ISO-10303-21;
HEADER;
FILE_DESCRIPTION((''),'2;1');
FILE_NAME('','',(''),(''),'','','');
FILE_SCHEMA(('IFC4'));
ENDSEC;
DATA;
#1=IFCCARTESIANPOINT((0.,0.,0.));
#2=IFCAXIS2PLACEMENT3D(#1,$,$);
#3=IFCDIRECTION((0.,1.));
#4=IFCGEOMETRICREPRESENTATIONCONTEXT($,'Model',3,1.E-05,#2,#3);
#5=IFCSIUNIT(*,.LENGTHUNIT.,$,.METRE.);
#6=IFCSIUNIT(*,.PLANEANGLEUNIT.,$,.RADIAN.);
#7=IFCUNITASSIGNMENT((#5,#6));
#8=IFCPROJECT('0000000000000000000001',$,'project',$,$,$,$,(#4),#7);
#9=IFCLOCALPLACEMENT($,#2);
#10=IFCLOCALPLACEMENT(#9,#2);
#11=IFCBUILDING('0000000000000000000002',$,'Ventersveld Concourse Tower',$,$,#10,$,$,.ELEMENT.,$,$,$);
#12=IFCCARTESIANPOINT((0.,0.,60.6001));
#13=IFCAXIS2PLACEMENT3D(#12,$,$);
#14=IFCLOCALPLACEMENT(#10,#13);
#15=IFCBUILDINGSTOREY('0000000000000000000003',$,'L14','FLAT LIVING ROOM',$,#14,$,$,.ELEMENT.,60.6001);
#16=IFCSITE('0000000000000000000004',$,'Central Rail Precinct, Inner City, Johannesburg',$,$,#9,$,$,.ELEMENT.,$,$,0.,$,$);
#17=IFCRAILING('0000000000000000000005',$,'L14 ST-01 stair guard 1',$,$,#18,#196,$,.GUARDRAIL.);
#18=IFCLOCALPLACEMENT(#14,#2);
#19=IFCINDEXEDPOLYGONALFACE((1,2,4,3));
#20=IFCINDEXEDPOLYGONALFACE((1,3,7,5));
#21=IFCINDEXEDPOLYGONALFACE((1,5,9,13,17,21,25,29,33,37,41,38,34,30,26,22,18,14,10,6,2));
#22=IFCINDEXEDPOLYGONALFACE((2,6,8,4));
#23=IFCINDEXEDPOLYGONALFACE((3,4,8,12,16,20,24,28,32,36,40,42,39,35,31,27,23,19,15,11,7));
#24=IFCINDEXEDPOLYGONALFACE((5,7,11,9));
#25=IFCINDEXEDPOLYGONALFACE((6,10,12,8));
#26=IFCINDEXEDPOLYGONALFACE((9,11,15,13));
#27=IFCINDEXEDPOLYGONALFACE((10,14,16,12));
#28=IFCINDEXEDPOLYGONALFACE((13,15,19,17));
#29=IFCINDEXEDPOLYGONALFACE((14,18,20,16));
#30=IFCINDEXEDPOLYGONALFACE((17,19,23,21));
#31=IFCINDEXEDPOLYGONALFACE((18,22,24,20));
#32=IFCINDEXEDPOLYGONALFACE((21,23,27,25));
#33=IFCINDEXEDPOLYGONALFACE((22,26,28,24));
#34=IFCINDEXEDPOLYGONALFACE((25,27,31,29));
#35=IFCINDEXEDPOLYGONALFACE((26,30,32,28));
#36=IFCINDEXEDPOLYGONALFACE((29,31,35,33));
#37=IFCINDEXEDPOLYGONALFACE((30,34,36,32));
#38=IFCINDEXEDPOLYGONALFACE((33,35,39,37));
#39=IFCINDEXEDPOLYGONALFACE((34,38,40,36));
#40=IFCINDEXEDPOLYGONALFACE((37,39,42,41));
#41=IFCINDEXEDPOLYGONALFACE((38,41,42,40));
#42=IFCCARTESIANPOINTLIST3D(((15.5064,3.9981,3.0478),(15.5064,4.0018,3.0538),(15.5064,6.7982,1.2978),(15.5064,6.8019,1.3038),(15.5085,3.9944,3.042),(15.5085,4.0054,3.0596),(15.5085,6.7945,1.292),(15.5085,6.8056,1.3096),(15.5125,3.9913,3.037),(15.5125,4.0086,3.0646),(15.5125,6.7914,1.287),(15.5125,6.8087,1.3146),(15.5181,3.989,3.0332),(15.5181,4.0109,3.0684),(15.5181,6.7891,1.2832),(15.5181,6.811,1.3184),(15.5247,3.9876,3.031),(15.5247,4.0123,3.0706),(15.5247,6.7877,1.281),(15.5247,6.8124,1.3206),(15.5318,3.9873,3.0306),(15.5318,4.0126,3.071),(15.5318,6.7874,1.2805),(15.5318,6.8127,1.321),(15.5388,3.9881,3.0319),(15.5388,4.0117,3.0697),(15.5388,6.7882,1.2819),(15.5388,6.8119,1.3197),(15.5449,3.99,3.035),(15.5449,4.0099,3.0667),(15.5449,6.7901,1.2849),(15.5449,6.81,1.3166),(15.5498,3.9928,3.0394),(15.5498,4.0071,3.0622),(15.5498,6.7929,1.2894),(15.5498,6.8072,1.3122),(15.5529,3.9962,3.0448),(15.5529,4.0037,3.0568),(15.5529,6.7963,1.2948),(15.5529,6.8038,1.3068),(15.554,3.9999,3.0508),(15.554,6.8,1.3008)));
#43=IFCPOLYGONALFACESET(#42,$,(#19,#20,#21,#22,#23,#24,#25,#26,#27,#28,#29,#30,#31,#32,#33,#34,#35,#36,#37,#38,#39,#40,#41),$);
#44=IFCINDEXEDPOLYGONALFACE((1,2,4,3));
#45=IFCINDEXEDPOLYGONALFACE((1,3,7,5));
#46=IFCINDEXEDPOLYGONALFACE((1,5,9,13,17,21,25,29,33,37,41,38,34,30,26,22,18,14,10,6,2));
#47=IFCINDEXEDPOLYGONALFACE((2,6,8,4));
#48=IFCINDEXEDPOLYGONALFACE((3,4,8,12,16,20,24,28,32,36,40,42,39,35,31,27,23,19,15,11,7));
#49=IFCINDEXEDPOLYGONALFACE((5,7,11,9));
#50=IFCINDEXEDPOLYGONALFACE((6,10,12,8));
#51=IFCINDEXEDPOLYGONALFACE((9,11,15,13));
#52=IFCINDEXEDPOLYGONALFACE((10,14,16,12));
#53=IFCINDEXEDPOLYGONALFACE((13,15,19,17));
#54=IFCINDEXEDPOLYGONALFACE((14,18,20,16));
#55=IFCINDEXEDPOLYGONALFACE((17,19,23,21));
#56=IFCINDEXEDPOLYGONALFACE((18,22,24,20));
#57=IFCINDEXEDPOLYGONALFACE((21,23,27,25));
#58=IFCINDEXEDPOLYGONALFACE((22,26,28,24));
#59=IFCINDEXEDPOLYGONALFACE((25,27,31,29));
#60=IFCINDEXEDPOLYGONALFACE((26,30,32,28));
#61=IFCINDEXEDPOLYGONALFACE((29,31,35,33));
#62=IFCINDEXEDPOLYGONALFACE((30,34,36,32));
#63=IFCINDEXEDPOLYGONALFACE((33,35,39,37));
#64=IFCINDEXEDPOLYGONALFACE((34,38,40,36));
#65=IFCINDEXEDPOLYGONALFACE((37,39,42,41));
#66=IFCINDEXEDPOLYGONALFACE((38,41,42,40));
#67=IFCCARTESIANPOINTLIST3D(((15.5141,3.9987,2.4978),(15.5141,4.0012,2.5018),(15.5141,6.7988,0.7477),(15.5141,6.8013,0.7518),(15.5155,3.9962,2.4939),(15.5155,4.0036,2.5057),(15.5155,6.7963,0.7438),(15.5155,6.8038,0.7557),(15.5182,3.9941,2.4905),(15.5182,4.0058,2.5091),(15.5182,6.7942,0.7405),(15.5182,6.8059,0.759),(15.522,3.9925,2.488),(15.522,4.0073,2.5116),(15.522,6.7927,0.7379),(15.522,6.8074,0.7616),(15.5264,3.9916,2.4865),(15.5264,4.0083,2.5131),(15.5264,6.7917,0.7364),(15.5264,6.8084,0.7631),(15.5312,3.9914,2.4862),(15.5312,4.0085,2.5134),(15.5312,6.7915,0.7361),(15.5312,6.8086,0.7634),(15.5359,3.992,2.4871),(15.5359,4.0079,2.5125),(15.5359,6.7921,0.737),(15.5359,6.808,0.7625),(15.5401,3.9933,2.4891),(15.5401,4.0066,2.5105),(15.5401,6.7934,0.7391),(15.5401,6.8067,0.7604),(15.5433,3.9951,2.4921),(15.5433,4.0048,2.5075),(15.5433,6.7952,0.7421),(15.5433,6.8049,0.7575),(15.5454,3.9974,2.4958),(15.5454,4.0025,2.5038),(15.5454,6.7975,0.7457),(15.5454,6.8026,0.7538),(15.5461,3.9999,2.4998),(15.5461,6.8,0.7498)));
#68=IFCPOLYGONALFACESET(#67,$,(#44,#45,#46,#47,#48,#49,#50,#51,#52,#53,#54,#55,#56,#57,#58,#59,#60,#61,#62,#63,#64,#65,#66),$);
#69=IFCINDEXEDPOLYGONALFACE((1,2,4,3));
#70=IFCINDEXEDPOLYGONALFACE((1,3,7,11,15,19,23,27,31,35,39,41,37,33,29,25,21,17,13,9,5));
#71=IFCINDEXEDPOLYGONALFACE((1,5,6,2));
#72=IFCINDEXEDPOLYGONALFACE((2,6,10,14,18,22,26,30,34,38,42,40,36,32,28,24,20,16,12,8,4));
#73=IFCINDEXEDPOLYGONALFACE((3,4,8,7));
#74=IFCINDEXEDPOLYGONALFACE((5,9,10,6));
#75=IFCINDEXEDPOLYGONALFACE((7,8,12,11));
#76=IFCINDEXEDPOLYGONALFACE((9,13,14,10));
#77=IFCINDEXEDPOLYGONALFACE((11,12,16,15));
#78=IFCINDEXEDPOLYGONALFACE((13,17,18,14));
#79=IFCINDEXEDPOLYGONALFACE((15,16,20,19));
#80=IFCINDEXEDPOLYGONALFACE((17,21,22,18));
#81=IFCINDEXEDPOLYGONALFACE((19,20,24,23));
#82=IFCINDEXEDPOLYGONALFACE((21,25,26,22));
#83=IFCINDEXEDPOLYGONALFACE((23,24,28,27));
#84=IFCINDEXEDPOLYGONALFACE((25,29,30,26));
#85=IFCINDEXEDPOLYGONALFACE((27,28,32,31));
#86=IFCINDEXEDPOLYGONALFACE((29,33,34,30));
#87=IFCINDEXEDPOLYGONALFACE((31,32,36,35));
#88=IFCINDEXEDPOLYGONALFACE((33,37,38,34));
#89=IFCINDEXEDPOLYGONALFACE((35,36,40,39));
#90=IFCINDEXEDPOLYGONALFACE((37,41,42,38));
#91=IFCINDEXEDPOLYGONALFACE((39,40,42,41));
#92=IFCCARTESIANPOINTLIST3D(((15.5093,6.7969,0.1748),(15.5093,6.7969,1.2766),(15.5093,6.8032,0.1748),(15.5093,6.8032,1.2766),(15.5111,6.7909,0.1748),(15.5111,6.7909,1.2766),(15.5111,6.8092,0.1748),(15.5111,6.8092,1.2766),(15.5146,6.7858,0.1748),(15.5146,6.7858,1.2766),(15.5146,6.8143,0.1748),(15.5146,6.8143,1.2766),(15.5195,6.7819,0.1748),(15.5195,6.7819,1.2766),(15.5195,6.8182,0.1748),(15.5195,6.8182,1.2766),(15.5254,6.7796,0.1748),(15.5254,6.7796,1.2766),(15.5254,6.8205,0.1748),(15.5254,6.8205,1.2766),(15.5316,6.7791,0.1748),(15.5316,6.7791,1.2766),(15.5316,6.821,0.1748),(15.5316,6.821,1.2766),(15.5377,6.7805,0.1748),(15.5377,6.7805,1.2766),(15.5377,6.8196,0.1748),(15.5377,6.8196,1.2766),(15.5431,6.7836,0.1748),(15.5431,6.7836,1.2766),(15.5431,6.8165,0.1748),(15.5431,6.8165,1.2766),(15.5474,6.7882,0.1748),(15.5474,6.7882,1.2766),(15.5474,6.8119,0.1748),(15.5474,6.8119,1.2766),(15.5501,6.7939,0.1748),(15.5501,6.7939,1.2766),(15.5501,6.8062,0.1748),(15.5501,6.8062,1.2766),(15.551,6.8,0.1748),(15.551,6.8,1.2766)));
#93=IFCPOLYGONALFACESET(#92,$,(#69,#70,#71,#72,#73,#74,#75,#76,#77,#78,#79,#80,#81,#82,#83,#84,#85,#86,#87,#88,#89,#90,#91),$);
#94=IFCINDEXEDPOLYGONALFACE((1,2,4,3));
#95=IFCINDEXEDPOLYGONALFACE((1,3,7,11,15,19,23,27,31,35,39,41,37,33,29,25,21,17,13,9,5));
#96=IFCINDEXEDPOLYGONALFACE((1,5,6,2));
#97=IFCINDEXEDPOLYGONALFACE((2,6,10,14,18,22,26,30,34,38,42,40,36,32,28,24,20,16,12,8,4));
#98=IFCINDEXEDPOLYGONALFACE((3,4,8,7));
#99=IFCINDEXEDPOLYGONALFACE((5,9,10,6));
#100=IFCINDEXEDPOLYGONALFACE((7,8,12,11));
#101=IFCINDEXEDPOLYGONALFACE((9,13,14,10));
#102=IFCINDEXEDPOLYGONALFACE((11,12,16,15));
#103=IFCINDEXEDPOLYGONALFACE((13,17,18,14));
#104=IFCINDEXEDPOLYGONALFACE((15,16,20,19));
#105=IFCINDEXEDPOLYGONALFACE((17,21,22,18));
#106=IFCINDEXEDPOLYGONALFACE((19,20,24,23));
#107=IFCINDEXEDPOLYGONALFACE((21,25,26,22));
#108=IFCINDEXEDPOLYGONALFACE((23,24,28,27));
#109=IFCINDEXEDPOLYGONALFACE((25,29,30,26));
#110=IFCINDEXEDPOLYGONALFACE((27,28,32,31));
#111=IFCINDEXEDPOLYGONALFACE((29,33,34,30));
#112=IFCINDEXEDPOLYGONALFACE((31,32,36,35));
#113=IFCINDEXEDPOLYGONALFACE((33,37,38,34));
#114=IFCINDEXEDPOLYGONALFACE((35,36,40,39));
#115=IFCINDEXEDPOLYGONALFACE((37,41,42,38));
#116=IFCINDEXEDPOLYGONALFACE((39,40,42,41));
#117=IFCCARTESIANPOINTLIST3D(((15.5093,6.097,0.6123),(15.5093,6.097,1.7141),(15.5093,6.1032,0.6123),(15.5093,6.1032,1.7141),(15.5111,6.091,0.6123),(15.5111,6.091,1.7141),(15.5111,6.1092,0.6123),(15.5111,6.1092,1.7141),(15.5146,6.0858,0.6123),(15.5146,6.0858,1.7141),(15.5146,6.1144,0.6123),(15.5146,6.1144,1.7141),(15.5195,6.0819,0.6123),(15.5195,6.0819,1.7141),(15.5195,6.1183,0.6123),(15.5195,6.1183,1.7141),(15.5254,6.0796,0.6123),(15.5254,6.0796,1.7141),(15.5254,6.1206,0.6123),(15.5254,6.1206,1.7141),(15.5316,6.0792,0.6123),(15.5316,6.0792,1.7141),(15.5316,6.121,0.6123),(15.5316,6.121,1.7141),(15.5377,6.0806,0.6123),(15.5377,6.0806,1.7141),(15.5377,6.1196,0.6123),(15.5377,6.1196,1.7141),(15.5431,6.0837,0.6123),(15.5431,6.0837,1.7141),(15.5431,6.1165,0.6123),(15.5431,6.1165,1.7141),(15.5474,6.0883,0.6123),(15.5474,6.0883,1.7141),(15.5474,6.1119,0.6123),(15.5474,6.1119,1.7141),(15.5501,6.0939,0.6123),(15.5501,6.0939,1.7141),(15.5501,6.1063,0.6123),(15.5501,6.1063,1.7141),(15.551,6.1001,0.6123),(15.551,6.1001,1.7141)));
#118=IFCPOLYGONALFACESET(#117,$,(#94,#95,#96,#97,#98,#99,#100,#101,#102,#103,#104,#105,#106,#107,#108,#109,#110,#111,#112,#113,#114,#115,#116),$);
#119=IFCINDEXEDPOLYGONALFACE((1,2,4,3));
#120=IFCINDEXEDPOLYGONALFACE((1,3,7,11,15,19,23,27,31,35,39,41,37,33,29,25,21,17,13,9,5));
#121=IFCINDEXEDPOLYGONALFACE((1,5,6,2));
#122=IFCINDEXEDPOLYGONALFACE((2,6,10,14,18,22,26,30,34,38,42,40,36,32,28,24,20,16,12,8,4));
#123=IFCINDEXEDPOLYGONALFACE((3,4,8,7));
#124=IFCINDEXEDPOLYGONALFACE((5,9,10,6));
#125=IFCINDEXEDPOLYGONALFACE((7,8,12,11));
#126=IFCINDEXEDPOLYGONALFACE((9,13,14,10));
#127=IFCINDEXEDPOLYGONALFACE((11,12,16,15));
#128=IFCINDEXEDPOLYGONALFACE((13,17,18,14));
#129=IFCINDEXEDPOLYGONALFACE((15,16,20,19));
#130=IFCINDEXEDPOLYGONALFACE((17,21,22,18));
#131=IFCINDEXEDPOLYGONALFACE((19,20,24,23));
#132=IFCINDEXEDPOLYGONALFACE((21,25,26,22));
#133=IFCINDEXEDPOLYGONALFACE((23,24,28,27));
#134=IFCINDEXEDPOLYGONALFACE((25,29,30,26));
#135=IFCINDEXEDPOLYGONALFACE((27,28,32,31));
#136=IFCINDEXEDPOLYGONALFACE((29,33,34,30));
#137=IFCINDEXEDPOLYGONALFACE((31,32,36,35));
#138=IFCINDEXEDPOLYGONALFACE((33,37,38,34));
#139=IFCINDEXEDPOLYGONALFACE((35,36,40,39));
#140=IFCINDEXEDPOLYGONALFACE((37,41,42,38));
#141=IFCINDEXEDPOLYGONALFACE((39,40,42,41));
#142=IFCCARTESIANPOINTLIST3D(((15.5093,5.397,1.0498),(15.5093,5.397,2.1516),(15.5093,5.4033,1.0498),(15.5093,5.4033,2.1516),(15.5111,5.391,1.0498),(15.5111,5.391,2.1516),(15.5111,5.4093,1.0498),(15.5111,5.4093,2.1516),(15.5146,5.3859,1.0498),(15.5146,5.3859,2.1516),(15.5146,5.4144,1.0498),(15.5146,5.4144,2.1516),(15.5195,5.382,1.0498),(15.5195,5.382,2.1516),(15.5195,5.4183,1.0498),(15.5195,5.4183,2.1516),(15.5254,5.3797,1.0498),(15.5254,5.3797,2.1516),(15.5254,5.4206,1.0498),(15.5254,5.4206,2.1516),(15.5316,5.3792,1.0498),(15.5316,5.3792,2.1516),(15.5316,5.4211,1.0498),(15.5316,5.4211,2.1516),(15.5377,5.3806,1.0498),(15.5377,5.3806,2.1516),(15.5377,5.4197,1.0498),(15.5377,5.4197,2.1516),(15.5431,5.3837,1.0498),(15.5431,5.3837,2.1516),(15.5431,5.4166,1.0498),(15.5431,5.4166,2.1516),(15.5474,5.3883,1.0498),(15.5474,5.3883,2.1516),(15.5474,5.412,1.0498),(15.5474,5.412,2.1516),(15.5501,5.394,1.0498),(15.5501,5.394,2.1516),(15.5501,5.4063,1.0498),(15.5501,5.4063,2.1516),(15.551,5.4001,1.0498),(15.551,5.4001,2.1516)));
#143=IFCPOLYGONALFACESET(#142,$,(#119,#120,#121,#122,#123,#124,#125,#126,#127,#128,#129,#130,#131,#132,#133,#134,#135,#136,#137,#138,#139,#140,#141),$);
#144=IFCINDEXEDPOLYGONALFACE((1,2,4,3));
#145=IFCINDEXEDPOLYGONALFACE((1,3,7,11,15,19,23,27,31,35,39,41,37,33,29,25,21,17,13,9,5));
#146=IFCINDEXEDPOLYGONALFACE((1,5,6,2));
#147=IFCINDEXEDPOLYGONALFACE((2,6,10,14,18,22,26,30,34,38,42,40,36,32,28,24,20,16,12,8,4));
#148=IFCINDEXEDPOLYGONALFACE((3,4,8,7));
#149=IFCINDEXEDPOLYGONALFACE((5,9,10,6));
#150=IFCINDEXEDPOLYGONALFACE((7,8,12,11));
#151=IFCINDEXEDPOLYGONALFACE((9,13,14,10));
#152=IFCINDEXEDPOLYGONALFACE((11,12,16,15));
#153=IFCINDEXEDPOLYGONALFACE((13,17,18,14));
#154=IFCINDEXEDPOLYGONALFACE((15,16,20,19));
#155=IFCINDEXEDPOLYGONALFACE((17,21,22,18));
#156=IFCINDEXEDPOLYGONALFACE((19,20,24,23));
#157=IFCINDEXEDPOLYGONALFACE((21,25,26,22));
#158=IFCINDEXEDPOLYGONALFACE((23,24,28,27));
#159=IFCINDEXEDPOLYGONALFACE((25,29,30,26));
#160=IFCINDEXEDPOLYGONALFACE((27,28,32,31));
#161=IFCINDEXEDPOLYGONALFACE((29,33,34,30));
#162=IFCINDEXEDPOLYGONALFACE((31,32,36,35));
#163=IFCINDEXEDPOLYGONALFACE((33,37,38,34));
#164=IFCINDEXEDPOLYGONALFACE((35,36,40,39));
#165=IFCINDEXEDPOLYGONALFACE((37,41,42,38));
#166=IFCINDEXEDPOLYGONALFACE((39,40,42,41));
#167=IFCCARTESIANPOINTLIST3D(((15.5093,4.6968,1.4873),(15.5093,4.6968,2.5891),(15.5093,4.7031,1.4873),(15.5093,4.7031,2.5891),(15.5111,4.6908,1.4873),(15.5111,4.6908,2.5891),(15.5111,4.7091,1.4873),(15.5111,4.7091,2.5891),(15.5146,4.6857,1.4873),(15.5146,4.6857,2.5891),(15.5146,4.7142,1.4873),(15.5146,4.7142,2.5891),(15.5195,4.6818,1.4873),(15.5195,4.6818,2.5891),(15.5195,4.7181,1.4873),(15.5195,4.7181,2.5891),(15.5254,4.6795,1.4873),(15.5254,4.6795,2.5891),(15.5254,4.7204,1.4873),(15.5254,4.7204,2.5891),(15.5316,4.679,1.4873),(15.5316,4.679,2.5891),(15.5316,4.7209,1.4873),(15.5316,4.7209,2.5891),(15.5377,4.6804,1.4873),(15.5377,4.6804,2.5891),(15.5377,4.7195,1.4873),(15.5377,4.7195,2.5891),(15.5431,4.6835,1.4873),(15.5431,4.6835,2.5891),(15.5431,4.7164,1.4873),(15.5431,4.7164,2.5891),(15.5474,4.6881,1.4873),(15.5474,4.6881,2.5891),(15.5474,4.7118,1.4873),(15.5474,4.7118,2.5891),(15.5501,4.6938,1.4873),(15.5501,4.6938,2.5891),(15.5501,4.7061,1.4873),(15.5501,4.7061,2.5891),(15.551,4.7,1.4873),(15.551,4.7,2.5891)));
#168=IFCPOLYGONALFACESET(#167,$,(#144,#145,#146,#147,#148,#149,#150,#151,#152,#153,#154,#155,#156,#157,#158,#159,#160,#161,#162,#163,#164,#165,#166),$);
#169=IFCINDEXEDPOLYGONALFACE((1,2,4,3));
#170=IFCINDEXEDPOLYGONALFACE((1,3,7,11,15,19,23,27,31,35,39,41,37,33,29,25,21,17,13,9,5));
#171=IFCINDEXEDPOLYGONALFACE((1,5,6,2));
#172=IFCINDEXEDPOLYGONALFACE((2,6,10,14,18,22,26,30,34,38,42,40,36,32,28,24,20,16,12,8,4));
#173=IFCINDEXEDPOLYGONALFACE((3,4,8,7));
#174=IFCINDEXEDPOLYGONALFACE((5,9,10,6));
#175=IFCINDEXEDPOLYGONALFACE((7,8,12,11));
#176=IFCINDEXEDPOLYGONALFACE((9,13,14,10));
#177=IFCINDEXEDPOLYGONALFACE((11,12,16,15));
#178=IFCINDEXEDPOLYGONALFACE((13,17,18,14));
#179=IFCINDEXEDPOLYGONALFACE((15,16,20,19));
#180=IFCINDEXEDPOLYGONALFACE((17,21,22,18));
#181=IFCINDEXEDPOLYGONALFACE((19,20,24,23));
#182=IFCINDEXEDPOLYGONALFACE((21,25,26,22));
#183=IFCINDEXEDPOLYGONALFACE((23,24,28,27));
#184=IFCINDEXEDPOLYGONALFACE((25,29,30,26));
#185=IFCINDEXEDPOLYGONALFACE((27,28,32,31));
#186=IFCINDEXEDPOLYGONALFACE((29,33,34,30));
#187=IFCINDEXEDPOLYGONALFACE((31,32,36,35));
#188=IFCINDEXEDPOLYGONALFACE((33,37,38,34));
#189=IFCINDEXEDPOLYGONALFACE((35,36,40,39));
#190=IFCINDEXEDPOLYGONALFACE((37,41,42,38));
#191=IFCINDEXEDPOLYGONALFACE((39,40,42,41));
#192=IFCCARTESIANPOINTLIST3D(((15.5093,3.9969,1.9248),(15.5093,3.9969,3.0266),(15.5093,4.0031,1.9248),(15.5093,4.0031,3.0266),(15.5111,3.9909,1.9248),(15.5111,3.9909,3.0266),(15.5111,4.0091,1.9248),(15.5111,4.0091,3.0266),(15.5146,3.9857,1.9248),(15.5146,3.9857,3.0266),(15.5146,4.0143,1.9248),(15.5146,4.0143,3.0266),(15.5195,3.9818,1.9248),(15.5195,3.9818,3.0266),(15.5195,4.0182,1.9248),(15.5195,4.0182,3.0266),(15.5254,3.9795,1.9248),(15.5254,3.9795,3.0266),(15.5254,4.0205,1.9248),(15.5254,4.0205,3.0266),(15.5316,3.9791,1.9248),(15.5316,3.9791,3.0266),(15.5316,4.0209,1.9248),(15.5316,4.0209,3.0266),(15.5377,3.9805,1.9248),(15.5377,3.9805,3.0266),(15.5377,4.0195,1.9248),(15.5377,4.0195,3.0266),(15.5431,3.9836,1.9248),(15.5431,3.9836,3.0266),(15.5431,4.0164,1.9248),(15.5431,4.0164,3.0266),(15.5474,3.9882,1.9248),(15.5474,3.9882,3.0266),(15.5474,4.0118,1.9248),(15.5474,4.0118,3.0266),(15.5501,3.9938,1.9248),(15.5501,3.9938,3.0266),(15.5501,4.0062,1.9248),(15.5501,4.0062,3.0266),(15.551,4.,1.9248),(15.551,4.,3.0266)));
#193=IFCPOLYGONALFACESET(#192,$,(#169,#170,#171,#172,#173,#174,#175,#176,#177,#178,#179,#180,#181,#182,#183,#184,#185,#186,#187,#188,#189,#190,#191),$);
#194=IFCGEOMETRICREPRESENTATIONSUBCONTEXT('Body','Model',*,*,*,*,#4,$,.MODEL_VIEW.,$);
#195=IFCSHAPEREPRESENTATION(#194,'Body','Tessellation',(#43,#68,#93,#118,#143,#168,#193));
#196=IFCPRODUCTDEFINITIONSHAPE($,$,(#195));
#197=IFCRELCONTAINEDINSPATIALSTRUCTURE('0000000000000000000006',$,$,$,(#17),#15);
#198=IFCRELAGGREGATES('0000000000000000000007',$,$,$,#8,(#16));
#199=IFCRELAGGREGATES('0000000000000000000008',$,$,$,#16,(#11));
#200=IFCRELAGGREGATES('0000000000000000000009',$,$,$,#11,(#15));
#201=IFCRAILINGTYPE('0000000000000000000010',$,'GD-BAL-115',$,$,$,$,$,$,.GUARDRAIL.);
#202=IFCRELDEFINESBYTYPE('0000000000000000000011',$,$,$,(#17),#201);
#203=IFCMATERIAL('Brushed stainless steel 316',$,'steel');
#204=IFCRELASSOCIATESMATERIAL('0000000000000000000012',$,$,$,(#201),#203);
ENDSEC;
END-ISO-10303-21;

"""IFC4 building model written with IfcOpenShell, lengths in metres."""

from ifc_helpers import new_model, si_unit, direction, frame, origin, origin_2d, place, context, subcontext, project, spatial, circle, extrude, material, type_object, element, save


model = new_model("IFC4")

# Units and contexts
model_context = context("Model", 3, precision=1e-05, world=origin(), true_north=direction((0.0, 1.0)))
body_context = subcontext(model_context, "Body", "Model", "MODEL_VIEW")
ifc_project = project(units=[si_unit("LENGTHUNIT", "METRE"), si_unit("PLANEANGLEUNIT", "RADIAN")], contexts=[model_context])

# Site, building, storey
site_placement = place(None, origin())
site = spatial("IfcSite", under=ifc_project, at=site_placement, Name="Central Rail Precinct, Inner City, Johannesburg", CompositionType="ELEMENT", RefElevation=0.0)
building_placement = place(site_placement, origin())
building = spatial("IfcBuilding", under=site, at=building_placement, Name="Ventersveld Concourse Tower", CompositionType="ELEMENT")
storey_placement = place(building_placement, frame((0.0, 0.0, 60.6001)))
storey = spatial("IfcBuildingStorey", under=building, at=storey_placement, Name="L14", Description="FLAT LIVING ROOM", CompositionType="ELEMENT", Elevation=60.6001)

# Railing
ifc_material_1 = material(Name="Brushed stainless steel 316", Category="steel")
railing_type_1 = type_object("IfcRailingType", Name="GD-BAL-115", PredefinedType="GUARDRAIL", material=ifc_material_1)
railing_1_placement = place(storey_placement, frame((15.53, 6.8, 0.1748)))
element("IfcRailing", 1, at=railing_1_placement, inside=storey, type_object=railing_type_1, Name="L14 ST-01 stair guard 1", PredefinedType="GUARDRAIL", context=body_context, shape_type="SweptSolid", body=[
    extrude(circle(Radius=0.0239, at=origin_2d()), frame((0.0, 0.0, 1.126), z_axis=(0.0, -0.848002, 0.529992), x_axis=(1.0, 0.0, 0.0)), (0.0, 0.0, 1.0), 3.302),
    extrude(circle(Radius=0.0161, at=origin_2d()), frame((0.0, 0.0, 0.575), z_axis=(0.0, -0.848002, 0.529992), x_axis=(1.0, 0.0, 0.0)), (0.0, 0.0, 1.0), 3.302),
    extrude(circle(Radius=0.021, at=origin_2d()), origin(), (0.0, 0.0, 1.0), 1.1018),
    extrude(circle(Radius=0.021, at=origin_2d()), frame((0.0, -0.7, 0.4375)), (0.0, 0.0, 1.0), 1.1018),
    extrude(circle(Radius=0.021, at=origin_2d()), frame((0.0, -1.3999, 0.875)), (0.0, 0.0, 1.0), 1.1018),
    extrude(circle(Radius=0.021, at=origin_2d()), frame((0.0, -2.1001, 1.3125)), (0.0, 0.0, 1.0), 1.1018),
    extrude(circle(Radius=0.021, at=origin_2d()), frame((0.0, -2.8, 1.75)), (0.0, 0.0, 1.0), 1.1018),
])

save(model, "model.ifc")
